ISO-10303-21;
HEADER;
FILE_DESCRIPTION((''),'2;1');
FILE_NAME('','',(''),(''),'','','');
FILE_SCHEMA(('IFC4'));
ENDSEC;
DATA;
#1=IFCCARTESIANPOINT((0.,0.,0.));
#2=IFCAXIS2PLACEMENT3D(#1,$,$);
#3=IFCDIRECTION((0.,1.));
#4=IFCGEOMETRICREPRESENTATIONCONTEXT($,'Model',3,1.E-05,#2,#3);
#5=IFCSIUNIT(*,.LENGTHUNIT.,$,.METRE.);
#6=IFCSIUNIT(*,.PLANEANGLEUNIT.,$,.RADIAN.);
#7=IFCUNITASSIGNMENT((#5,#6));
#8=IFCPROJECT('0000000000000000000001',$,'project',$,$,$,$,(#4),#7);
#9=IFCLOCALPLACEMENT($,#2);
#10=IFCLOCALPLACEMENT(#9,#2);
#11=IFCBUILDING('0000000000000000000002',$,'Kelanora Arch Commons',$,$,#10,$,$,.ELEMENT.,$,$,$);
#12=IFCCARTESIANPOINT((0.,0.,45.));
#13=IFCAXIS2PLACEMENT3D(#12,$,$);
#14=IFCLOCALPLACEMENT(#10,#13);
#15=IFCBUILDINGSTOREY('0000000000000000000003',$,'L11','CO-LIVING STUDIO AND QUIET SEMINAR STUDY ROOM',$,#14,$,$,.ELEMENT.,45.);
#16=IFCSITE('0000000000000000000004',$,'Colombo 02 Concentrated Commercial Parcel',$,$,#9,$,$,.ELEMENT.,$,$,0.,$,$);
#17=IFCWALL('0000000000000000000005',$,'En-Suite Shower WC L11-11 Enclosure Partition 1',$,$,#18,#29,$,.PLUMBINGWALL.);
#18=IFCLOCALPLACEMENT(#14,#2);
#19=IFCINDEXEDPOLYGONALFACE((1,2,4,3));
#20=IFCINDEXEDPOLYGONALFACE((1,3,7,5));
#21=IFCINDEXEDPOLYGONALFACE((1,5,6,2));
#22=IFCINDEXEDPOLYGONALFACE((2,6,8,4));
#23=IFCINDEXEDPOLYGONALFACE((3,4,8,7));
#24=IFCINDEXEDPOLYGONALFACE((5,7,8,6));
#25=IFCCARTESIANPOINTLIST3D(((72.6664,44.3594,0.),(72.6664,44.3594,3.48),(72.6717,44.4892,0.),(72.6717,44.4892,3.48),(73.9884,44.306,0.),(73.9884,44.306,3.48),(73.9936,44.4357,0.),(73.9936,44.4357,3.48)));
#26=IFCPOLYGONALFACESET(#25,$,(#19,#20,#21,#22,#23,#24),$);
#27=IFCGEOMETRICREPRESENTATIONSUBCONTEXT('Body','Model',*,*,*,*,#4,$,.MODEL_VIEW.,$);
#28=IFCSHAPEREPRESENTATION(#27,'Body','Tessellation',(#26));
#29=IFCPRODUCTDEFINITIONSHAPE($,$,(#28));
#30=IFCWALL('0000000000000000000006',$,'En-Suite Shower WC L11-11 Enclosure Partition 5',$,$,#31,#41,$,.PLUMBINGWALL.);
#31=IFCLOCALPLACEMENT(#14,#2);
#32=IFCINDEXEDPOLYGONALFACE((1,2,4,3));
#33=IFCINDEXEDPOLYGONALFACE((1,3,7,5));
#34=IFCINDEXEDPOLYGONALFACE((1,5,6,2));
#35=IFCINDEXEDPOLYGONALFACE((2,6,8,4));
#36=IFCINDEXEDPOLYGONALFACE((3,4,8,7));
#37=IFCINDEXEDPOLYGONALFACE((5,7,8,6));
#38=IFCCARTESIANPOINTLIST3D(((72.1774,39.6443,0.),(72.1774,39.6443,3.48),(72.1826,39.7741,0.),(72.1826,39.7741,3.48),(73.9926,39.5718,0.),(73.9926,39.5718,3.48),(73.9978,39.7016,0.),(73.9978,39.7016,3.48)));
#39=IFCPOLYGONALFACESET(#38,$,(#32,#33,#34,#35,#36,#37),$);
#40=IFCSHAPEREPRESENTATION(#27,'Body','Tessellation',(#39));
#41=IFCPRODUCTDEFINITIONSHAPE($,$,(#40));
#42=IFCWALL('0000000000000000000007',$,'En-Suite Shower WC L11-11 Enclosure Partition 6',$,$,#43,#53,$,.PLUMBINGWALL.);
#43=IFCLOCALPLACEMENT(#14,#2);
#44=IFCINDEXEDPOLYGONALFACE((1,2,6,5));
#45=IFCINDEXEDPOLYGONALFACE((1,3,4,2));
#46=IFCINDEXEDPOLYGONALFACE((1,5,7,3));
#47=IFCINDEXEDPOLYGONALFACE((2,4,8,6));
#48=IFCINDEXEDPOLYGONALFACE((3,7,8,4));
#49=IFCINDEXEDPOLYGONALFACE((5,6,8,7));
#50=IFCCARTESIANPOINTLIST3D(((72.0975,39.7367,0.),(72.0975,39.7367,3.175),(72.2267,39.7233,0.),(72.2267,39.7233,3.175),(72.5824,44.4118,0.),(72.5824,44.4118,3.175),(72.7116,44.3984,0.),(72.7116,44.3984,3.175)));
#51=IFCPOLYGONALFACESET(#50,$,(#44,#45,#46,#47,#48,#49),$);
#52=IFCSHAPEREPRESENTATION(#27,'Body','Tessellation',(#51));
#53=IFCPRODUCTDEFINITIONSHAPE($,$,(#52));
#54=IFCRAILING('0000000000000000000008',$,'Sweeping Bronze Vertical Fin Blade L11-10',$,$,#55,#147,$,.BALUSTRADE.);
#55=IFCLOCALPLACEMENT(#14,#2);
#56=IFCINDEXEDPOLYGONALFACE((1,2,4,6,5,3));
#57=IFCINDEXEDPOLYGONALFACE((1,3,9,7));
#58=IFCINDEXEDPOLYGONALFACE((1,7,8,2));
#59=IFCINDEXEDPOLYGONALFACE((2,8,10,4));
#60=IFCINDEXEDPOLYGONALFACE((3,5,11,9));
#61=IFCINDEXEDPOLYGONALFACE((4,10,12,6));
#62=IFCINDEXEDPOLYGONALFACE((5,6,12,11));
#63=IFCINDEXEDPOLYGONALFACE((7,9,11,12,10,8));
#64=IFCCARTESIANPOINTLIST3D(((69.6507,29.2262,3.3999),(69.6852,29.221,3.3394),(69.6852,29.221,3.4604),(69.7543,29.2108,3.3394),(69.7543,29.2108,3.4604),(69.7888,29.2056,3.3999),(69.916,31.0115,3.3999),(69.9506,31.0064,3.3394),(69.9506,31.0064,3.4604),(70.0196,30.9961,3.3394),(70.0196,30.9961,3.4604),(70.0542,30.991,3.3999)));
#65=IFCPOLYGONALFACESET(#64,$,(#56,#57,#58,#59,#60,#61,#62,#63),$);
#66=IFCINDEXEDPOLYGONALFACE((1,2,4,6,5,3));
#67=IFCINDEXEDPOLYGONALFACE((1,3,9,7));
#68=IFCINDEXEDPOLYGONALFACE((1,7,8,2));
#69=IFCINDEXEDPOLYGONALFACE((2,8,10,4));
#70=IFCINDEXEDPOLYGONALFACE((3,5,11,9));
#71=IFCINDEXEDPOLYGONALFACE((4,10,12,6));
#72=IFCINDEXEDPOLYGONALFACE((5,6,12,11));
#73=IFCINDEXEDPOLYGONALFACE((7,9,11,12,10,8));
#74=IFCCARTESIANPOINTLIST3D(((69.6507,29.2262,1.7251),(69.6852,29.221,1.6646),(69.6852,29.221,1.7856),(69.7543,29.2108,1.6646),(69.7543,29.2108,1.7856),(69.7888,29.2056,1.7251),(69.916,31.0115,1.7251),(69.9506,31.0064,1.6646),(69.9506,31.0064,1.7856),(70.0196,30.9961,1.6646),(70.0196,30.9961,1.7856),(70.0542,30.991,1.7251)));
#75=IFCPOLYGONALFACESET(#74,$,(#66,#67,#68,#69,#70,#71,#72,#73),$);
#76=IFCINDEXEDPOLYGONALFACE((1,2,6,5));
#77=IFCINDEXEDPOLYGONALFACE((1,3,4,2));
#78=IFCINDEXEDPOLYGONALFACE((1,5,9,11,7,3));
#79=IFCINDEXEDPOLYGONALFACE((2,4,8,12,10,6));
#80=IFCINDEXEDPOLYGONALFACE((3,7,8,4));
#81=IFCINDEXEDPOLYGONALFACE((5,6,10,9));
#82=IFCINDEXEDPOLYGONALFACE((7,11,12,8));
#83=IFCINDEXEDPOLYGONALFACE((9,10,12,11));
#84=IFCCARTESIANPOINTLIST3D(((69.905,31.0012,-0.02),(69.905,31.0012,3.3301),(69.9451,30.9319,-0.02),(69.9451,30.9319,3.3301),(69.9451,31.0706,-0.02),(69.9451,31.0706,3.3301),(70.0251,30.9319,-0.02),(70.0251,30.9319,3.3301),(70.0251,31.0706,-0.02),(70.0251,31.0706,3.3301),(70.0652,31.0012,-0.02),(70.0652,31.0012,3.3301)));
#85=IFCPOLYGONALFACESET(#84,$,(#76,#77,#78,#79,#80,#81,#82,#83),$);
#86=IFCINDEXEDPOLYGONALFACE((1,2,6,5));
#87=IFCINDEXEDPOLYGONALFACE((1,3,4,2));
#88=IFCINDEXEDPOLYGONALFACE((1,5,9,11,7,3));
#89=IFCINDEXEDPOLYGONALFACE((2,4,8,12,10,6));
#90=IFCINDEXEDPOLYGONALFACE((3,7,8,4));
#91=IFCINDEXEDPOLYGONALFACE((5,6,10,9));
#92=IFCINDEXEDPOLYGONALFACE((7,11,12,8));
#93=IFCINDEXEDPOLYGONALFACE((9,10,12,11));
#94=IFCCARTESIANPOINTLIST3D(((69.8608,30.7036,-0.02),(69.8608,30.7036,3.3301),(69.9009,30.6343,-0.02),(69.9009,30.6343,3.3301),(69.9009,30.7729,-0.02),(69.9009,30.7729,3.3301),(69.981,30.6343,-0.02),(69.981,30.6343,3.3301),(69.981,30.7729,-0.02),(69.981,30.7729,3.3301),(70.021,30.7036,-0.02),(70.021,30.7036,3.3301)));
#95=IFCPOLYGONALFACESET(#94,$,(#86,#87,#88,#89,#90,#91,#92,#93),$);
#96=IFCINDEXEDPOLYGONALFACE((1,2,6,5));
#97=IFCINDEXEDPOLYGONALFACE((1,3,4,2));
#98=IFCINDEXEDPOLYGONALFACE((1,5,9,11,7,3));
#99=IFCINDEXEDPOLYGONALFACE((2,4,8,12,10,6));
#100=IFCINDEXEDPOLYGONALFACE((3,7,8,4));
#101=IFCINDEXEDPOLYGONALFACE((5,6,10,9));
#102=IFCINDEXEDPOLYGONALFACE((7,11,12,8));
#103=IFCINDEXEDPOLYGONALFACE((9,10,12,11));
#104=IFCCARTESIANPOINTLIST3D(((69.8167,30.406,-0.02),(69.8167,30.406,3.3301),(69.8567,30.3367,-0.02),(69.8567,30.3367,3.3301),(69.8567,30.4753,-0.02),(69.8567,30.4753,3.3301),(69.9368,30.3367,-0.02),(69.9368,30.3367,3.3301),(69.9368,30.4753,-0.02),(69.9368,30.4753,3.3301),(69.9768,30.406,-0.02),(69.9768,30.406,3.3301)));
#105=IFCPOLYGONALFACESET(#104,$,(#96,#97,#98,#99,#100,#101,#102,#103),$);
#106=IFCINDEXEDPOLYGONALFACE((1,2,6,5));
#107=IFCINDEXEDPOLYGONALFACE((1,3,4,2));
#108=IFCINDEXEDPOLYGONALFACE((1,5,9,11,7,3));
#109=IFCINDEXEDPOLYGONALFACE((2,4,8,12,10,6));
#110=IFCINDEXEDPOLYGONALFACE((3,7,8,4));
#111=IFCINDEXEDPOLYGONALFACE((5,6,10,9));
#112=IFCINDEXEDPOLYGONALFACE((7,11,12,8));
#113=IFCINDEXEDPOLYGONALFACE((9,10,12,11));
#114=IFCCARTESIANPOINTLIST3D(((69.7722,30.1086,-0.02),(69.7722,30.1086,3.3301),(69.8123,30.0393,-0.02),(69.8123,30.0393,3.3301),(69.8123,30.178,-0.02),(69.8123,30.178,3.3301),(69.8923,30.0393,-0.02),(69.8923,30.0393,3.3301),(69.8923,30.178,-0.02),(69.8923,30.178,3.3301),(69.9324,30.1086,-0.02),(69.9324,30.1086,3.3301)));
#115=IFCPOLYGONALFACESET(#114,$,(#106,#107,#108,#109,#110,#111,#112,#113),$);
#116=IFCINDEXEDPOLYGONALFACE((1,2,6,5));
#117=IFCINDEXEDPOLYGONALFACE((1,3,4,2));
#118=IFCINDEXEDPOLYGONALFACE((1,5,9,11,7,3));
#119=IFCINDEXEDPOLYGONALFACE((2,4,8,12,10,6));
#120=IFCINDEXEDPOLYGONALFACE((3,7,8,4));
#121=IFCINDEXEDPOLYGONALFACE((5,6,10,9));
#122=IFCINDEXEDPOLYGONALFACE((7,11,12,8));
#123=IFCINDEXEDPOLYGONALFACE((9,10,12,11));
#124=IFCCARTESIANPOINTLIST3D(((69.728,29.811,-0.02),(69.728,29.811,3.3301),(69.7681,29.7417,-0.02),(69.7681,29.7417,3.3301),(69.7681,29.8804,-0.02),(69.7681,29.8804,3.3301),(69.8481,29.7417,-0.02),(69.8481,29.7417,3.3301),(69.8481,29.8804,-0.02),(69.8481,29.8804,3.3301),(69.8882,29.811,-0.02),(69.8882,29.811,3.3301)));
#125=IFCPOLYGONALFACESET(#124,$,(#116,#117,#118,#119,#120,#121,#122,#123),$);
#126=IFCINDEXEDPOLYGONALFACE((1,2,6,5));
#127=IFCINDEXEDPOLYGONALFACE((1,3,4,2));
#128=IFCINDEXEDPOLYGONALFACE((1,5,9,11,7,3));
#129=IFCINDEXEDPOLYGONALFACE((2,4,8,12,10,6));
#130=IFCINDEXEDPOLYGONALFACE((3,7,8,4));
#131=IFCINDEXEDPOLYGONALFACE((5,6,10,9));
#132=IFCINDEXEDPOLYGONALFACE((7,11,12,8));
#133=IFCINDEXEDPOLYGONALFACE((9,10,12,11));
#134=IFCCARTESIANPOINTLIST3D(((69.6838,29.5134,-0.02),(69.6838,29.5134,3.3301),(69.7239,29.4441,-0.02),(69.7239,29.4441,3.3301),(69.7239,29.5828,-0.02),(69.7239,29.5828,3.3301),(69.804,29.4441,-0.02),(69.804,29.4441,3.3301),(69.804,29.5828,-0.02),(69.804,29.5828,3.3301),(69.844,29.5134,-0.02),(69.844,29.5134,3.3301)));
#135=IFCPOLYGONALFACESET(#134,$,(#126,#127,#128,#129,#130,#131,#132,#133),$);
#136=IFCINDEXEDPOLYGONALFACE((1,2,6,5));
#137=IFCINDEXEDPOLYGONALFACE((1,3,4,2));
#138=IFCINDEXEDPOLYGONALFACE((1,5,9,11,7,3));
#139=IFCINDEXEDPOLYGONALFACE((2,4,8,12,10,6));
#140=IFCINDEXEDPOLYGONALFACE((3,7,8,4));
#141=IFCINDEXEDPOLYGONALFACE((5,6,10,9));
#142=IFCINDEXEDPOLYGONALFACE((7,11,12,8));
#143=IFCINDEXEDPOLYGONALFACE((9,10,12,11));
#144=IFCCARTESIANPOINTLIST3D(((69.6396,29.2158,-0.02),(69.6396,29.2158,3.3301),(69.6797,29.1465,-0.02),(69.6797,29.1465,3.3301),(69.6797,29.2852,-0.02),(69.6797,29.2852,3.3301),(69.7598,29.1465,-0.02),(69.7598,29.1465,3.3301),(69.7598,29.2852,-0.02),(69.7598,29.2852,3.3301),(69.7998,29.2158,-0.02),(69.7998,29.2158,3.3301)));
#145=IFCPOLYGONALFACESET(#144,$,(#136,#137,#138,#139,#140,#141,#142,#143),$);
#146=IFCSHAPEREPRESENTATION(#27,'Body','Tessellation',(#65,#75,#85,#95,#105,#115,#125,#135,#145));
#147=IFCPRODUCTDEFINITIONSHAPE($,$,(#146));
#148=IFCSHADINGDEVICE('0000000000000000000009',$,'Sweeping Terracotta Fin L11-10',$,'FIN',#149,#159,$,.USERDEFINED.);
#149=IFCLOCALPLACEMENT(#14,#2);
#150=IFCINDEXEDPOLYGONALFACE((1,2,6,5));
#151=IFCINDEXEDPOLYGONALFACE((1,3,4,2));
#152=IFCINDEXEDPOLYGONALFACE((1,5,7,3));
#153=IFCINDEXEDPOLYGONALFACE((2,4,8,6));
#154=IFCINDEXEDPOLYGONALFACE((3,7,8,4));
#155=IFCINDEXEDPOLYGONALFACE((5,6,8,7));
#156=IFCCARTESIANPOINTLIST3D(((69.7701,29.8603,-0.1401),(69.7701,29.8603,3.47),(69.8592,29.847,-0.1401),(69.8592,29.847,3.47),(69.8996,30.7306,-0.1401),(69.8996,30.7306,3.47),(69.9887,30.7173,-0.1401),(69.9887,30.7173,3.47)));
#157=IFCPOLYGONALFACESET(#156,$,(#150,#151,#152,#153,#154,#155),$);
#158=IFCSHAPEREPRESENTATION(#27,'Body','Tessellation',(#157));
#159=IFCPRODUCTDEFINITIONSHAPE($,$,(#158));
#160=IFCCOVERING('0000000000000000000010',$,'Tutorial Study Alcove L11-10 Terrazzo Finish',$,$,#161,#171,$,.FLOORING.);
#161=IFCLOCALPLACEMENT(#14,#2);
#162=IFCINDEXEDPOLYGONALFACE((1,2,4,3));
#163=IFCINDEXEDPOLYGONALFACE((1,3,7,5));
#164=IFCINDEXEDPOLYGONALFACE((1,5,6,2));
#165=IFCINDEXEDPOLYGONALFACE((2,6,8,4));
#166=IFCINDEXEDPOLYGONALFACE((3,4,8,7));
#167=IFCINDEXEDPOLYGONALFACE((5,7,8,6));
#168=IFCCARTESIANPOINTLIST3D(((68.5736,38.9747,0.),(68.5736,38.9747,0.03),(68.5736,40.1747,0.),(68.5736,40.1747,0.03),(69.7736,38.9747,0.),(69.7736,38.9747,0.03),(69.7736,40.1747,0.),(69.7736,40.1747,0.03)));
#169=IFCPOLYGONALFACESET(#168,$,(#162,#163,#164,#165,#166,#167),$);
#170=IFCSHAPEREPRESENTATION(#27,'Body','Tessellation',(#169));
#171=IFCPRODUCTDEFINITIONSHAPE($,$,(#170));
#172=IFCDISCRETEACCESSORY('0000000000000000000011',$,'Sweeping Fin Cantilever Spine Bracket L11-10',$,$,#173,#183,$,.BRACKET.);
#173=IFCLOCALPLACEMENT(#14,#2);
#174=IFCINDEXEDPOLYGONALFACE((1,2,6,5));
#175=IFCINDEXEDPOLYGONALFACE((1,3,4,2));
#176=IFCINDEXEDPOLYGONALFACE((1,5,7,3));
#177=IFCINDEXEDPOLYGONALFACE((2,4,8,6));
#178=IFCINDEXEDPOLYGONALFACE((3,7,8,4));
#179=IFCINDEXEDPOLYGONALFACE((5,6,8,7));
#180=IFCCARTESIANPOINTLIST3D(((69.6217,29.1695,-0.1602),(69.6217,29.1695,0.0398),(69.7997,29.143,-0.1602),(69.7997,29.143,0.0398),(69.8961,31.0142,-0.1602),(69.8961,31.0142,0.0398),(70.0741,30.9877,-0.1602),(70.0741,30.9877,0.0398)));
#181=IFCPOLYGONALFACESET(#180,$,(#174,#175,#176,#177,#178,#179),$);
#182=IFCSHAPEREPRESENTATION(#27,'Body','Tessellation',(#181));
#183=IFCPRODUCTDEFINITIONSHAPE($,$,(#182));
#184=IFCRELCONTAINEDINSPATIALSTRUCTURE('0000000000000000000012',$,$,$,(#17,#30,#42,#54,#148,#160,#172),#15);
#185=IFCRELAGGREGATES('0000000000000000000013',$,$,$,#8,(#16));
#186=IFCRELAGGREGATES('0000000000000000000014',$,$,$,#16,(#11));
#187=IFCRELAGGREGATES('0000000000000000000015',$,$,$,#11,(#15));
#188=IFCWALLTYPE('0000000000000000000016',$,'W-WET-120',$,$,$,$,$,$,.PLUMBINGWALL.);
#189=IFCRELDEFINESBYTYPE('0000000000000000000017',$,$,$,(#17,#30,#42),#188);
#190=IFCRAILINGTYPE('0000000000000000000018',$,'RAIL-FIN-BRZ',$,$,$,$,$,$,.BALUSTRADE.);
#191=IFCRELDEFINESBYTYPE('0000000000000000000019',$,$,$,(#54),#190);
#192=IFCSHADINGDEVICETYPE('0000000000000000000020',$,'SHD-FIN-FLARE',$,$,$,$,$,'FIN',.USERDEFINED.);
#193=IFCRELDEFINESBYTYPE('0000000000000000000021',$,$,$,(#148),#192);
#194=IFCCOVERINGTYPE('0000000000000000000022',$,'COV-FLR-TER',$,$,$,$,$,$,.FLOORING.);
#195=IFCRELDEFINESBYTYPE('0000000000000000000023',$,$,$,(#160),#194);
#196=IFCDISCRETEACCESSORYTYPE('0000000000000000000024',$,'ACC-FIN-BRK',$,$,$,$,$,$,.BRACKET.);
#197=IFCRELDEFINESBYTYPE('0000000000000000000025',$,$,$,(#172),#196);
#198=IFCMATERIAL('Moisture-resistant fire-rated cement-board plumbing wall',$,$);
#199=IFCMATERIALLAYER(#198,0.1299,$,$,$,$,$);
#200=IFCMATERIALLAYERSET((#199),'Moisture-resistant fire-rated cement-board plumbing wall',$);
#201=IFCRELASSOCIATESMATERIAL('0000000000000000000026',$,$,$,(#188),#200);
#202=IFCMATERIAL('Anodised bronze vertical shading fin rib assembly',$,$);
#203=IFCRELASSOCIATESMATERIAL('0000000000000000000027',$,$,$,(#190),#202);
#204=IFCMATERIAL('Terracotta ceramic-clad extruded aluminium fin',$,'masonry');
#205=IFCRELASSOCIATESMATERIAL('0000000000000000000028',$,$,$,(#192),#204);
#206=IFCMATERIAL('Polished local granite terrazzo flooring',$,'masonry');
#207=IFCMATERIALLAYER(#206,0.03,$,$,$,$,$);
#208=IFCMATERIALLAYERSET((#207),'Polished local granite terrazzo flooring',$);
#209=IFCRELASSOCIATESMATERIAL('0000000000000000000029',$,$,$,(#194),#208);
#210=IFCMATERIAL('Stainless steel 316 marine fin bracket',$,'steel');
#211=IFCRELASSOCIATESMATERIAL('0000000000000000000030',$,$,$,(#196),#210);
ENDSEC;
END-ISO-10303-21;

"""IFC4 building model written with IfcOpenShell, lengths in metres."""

from ifc_helpers import new_model, si_unit, direction, frame, frame_2d, origin, origin_2d, place, context, subcontext, project, spatial, polyline, rectangle, outline, extrude, source, transform, mapped, material, layer, layer_set, type_object, element, save


model = new_model("IFC4")

# Units and contexts
model_context = context("Model", 3, precision=1e-05, world=origin(), true_north=direction((0.0, 1.0)))
body_context = subcontext(model_context, "Body", "Model", "MODEL_VIEW")
ifc_project = project(units=[si_unit("LENGTHUNIT", "METRE"), si_unit("PLANEANGLEUNIT", "RADIAN")], contexts=[model_context])

# Site, building, storey
site_placement = place(None, origin())
site = spatial("IfcSite", under=ifc_project, at=site_placement, Name="Colombo 02 Concentrated Commercial Parcel", CompositionType="ELEMENT", RefElevation=0.0)
building_placement = place(site_placement, origin())
building = spatial("IfcBuilding", under=site, at=building_placement, Name="Kelanora Arch Commons", CompositionType="ELEMENT")
storey_placement = place(building_placement, frame((0.0, 0.0, 45.0)))
storey = spatial("IfcBuildingStorey", under=building, at=storey_placement, Name="L11", Description="CO-LIVING STUDIO AND QUIET SEMINAR STUDY ROOM", CompositionType="ELEMENT", Elevation=45.0)

# Shared definitions
ifc_material_1 = material(Name="Moisture-resistant fire-rated cement-board plumbing wall")
ifc_layer_1 = layer(ifc_material_1, 0.1299)
ifc_layer_set_1 = layer_set([ifc_layer_1], Name="Moisture-resistant fire-rated cement-board plumbing wall")
wall_type_1 = type_object("IfcWallType", Name="W-WET-120", PredefinedType="PLUMBINGWALL", material=ifc_layer_set_1)

# Walls
wall_1_placement = place(storey_placement, frame((72.6689, 44.4243, 0.0), z_axis=(0.0, 0.0, 1.0), x_axis=(0.999183, -0.04041, 0.0)))
element("IfcWall", 1, at=wall_1_placement, inside=storey, type_object=wall_type_1, Name="En-Suite Shower WC L11-11 Enclosure Partition 1", PredefinedType="PLUMBINGWALL", context=body_context, shape_type="SweptSolid", body=[
    extrude(rectangle(XDim=1.323, YDim=0.1299, at=frame_2d((0.6616, 0.0))), origin(), (0.0, 0.0, 1.0), 3.48),
])
wall_2_placement = place(storey_placement, frame((73.9951, 39.6367, 0.0), z_axis=(0.0, 0.0, 1.0), x_axis=(-0.999203, 0.039914, 0.0)))
element("IfcWall", 2, at=wall_2_placement, inside=storey, type_object=wall_type_1, Name="En-Suite Shower WC L11-11 Enclosure Partition 5", PredefinedType="PLUMBINGWALL", context=body_context, shape_type="SweptSolid", body=[
    extrude(rectangle(XDim=1.8167, YDim=0.1299, at=frame_2d((0.9082, 0.0))), origin(), (0.0, 0.0, 1.0), 3.48),
])
wall_3_placement = place(storey_placement, frame((72.1621, 39.73, 0.0), z_axis=(0.0, 0.0, 1.0), x_axis=(0.10316, 0.994665, 0.0)))
element("IfcWall", 3, at=wall_3_placement, inside=storey, type_object=wall_type_1, Name="En-Suite Shower WC L11-11 Enclosure Partition 6", PredefinedType="PLUMBINGWALL", context=body_context, shape_type="SweptSolid", body=[
    extrude(rectangle(XDim=4.7002, YDim=0.1299, at=frame_2d((2.3501, 0.0))), origin(), (0.0, 0.0, 1.0), 3.175),
])

# Railing
ifc_material_2 = material(Name="Anodised bronze vertical shading fin rib assembly")
railing_type = type_object("IfcRailingType", Name="RAIL-FIN-BRZ", PredefinedType="BALUSTRADE", material=ifc_material_2)
railing_placement = place(storey_placement, frame((69.9851, 31.0012, -0.02)))
element("IfcRailing", 4, at=railing_placement, inside=storey, type_object=railing_type, Name="Sweeping Bronze Vertical Fin Blade L11-10", PredefinedType="BALUSTRADE", context=body_context, shape_type="SweptSolid", body=[
    extrude(outline(polyline([(0.0698, 0.0), (0.0349, 0.0605), (-0.0349, 0.0605), (-0.0698, 0.0), (-0.0349, -0.0605), (0.0349, -0.0605), (0.0698, 0.0)])), frame((0.0, 0.0, 3.4199), z_axis=(-0.147024, -0.989133, 0.0), x_axis=(0.989133, -0.147024, 0.0)), (0.0, 0.0, 1.0), 1.8049),
    extrude(outline(polyline([(0.0698, 0.0), (0.0349, 0.0605), (-0.0349, 0.0605), (-0.0698, 0.0), (-0.0349, -0.0605), (0.0349, -0.0605), (0.0698, 0.0)])), frame((0.0, 0.0, 1.7451), z_axis=(-0.147024, -0.989133, 0.0), x_axis=(0.989133, -0.147024, 0.0)), (0.0, 0.0, 1.0), 1.8049),
    extrude(outline(polyline([(0.0801, 0.0), (0.04, 0.0693), (-0.04, 0.0693), (-0.0801, 0.0), (-0.04, -0.0693), (0.04, -0.0693), (0.0801, 0.0)])), origin(), (0.0, 0.0, 1.0), 3.3501),
    extrude(outline(polyline([(0.0801, 0.0), (0.04, 0.0693), (-0.04, 0.0693), (-0.0801, 0.0), (-0.04, -0.0693), (0.04, -0.0693), (0.0801, 0.0)])), frame((-0.0442, -0.2976, 0.0)), (0.0, 0.0, 1.0), 3.3501),
    extrude(outline(polyline([(0.0801, 0.0), (0.04, 0.0693), (-0.04, 0.0693), (-0.0801, 0.0), (-0.04, -0.0693), (0.04, -0.0693), (0.0801, 0.0)])), frame((-0.0884, -0.5952, 0.0)), (0.0, 0.0, 1.0), 3.3501),
    extrude(outline(polyline([(0.0801, 0.0), (0.04, 0.0693), (-0.04, 0.0693), (-0.0801, 0.0), (-0.04, -0.0693), (0.04, -0.0693), (0.0801, 0.0)])), frame((-0.1328, -0.8926, 0.0)), (0.0, 0.0, 1.0), 3.3501),
    extrude(outline(polyline([(0.0801, 0.0), (0.04, 0.0693), (-0.04, 0.0693), (-0.0801, 0.0), (-0.04, -0.0693), (0.04, -0.0693), (0.0801, 0.0)])), frame((-0.177, -1.1902, 0.0)), (0.0, 0.0, 1.0), 3.3501),
    extrude(outline(polyline([(0.0801, 0.0), (0.04, 0.0693), (-0.04, 0.0693), (-0.0801, 0.0), (-0.04, -0.0693), (0.04, -0.0693), (0.0801, 0.0)])), frame((-0.2212, -1.4878, 0.0)), (0.0, 0.0, 1.0), 3.3501),
    extrude(outline(polyline([(0.0801, 0.0), (0.04, 0.0693), (-0.04, 0.0693), (-0.0801, 0.0), (-0.04, -0.0693), (0.04, -0.0693), (0.0801, 0.0)])), frame((-0.2654, -1.7854, 0.0)), (0.0, 0.0, 1.0), 3.3501),
])

# Shading device
ifc_material_3 = material(Name="Terracotta ceramic-clad extruded aluminium fin", Category="masonry")
shading_device_type = type_object("IfcShadingDeviceType", Name="SHD-FIN-FLARE", ElementType="FIN", PredefinedType="USERDEFINED", material=ifc_material_3)
shared_shape_1 = source(origin(), body_context, "Body", "SweptSolid", [
    extrude(rectangle(XDim=0.8799, YDim=0.0901, at=origin_2d()), origin(), (0.0, 0.0, 1.0), 3.6101),
])
shading_device_placement = place(storey_placement, frame((69.8794, 30.2888, -0.1401), z_axis=(0.0, 0.0, 1.0), x_axis=(-0.147119, -0.989119, 0.0)))
element("IfcShadingDevice", 5, at=shading_device_placement, inside=storey, type_object=shading_device_type, Name="Sweeping Terracotta Fin L11-10", ObjectType="FIN", PredefinedType="USERDEFINED", context=body_context, shape_type="MappedRepresentation", body=[
    mapped(shared_shape_1, transform((0.0, 0.0, 0.0), scale=1.0)),
])

# Covering
ifc_material_4 = material(Name="Polished local granite terrazzo flooring", Category="masonry")
ifc_layer_2 = layer(ifc_material_4, 0.03)
ifc_layer_set_2 = layer_set([ifc_layer_2], Name="Polished local granite terrazzo flooring")
covering_type = type_object("IfcCoveringType", Name="COV-FLR-TER", PredefinedType="FLOORING", material=ifc_layer_set_2)
shared_shape_2 = source(origin(), body_context, "Body", "SweptSolid", [
    extrude(rectangle(XDim=1.2, YDim=1.2, at=origin_2d()), origin(), (0.0, 0.0, 1.0), 0.03),
])
covering_placement = place(storey_placement, frame((69.1736, 39.5747, 0.0), z_axis=(0.0, 0.0, 1.0), x_axis=(1.0, 0.0, 0.0)))
element("IfcCovering", 6, at=covering_placement, inside=storey, type_object=covering_type, Name="Tutorial Study Alcove L11-10 Terrazzo Finish", PredefinedType="FLOORING", context=body_context, shape_type="MappedRepresentation", body=[
    mapped(shared_shape_2, transform((0.0, 0.0, 0.0), scale=1.0)),
])

# Discrete accessory
ifc_material_5 = material(Name="Stainless steel 316 marine fin bracket", Category="steel")
discrete_accessory_type = type_object("IfcDiscreteAccessoryType", Name="ACC-FIN-BRK", PredefinedType="BRACKET", material=ifc_material_5)
shared_shape_3 = source(origin(), body_context, "Body", "SweptSolid", [
    extrude(rectangle(XDim=1.865, YDim=0.1799, at=origin_2d()), origin(), (0.0, 0.0, 1.0), 0.2),
])
discrete_accessory_placement = place(storey_placement, frame((69.8479, 30.0786, -0.1602), z_axis=(0.0, 0.0, 1.0), x_axis=(-0.147119, -0.989119, 0.0)))
element("IfcDiscreteAccessory", 7, at=discrete_accessory_placement, inside=storey, type_object=discrete_accessory_type, Name="Sweeping Fin Cantilever Spine Bracket L11-10", PredefinedType="BRACKET", context=body_context, shape_type="MappedRepresentation", body=[
    mapped(shared_shape_3, transform((0.0, 0.0, 0.0), scale=1.0)),
])

save(model, "model.ifc")
